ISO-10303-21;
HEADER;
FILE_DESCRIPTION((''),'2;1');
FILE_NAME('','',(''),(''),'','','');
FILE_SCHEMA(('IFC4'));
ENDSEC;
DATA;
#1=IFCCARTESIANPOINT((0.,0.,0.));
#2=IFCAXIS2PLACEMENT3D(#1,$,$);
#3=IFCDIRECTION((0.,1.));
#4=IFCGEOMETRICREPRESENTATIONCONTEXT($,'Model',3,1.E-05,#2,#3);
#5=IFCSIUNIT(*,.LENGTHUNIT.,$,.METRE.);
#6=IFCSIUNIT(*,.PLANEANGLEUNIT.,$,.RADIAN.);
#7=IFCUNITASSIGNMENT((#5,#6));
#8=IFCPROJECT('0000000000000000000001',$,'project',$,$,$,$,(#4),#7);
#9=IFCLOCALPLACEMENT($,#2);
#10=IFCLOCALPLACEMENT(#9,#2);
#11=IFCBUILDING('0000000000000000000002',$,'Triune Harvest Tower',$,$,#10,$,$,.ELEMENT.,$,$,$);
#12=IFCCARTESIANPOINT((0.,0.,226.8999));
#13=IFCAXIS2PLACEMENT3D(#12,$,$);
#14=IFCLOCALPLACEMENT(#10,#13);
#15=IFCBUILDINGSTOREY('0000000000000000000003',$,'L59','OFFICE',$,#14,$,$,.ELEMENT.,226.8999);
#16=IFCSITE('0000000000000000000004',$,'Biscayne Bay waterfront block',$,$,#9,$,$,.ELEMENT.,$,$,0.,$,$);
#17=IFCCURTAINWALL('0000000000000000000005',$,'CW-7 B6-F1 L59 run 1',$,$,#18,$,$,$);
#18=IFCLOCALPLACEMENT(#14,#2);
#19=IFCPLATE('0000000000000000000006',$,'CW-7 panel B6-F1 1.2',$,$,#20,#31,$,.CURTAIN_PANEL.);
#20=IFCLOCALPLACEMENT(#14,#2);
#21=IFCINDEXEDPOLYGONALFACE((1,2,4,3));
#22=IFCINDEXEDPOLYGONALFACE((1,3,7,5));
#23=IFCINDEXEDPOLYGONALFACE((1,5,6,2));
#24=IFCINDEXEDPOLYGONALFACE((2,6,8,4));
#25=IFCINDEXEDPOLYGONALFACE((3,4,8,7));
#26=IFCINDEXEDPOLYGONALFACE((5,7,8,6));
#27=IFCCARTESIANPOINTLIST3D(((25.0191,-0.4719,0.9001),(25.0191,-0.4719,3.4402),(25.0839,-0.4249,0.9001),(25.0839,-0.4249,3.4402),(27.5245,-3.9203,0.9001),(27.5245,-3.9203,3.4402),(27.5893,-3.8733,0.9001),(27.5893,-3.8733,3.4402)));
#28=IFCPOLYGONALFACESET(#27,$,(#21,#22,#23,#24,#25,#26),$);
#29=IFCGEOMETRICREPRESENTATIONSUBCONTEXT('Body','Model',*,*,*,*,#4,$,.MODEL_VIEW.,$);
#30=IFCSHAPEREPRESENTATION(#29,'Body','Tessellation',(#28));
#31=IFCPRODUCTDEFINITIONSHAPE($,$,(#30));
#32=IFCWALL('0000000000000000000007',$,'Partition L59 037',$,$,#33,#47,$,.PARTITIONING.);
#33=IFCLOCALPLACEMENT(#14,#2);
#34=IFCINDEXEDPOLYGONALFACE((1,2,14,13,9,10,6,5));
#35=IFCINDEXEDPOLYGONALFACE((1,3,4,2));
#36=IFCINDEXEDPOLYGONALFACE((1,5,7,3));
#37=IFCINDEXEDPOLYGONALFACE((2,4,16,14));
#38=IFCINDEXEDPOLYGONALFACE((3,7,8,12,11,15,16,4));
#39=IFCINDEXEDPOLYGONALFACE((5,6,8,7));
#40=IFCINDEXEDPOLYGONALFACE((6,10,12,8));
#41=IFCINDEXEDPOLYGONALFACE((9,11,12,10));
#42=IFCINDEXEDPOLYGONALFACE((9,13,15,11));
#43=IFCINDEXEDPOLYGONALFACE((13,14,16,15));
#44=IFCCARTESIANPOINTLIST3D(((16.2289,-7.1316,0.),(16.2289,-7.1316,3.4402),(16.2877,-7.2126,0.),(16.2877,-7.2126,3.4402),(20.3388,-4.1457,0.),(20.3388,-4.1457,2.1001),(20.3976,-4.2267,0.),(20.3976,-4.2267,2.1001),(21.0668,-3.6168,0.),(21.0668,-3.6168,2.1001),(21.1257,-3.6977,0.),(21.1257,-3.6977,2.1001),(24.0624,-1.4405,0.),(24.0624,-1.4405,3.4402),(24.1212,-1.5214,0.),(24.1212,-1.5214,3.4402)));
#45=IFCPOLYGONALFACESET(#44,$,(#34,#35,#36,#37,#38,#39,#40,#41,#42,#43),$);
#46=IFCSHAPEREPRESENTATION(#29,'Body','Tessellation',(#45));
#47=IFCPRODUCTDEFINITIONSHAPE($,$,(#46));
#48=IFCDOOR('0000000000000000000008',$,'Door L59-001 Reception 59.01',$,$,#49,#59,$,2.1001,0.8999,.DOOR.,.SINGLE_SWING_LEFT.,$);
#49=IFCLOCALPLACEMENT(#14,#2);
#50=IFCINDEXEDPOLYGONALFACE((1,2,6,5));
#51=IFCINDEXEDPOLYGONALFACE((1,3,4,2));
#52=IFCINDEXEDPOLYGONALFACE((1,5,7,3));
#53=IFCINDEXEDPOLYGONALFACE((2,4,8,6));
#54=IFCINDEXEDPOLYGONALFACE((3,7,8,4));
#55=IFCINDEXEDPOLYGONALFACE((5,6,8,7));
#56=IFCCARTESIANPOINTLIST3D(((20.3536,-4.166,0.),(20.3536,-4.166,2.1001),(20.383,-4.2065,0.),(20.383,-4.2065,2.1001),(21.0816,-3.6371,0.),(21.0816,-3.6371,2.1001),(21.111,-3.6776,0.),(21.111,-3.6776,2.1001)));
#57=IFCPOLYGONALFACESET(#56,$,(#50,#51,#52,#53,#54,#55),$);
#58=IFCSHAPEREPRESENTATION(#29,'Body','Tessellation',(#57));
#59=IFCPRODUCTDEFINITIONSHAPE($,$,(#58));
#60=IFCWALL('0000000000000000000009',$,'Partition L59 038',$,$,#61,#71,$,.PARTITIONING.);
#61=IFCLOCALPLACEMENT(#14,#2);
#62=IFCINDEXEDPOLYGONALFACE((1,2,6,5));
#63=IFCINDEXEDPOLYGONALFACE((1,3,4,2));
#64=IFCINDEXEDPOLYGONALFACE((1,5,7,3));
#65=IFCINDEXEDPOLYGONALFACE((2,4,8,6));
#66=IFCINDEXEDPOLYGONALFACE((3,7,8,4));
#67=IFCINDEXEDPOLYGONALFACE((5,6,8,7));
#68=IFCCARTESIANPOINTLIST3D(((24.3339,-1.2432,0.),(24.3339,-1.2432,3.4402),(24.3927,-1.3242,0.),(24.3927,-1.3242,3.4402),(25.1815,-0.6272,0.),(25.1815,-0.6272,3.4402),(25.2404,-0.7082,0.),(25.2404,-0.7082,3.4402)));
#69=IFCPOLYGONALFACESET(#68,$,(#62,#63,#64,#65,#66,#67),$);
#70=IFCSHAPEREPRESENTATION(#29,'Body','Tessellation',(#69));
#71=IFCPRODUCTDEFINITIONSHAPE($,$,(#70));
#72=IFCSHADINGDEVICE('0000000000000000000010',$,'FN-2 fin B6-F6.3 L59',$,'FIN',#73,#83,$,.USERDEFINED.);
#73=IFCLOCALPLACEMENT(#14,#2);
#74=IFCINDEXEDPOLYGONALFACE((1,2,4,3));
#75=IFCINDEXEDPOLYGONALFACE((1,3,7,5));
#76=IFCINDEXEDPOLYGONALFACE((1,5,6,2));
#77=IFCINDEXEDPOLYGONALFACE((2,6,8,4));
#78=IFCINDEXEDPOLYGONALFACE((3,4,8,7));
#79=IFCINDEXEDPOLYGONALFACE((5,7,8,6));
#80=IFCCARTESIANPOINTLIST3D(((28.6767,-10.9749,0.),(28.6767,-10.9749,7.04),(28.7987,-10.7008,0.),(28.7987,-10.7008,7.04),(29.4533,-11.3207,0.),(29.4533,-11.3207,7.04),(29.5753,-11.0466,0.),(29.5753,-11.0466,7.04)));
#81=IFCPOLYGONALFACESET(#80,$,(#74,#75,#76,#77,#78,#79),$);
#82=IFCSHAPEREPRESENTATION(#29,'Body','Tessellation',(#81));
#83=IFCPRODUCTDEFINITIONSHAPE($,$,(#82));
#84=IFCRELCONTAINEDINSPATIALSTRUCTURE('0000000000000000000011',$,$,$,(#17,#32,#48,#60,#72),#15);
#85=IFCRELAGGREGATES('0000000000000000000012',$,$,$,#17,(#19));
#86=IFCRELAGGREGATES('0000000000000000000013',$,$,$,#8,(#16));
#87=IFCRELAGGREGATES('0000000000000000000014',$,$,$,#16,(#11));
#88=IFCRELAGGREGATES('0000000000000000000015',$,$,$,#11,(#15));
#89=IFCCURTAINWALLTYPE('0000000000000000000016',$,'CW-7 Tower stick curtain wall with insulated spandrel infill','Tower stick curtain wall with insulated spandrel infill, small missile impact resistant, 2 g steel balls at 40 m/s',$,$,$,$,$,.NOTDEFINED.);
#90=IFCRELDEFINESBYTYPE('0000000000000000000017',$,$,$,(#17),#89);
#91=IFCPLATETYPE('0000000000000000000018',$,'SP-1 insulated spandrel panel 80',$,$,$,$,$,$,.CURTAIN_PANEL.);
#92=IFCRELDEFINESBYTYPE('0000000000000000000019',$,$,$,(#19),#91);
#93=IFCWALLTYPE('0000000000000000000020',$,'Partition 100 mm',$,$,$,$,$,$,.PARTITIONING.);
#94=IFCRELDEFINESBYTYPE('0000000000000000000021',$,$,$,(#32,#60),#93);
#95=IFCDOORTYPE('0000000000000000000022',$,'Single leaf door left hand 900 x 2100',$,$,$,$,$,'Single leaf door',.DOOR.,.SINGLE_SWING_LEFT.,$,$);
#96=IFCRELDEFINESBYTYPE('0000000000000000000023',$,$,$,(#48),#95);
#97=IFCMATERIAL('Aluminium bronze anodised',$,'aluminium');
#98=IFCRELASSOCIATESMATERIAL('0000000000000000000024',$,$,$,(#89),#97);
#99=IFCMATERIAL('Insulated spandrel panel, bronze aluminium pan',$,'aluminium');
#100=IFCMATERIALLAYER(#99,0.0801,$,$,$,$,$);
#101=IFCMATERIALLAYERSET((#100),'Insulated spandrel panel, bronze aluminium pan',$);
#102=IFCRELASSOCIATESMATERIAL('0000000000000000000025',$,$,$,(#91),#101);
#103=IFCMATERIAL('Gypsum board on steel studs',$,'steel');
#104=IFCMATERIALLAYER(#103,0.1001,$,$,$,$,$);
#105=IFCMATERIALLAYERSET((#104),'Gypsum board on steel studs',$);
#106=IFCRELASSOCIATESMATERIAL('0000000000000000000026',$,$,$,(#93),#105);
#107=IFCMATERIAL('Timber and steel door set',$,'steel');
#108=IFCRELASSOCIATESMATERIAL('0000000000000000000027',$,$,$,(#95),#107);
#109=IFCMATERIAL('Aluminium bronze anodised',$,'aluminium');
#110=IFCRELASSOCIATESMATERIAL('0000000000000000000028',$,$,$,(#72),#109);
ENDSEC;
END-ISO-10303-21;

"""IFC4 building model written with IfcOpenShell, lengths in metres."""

from ifc_helpers import new_model, si_unit, direction, frame, frame_2d, origin, origin_2d, place, context, subcontext, project, spatial, rectangle, extrude, source, transform, mapped, material, layer, layer_set, type_object, element, fill, aggregate, save


model = new_model("IFC4")

# Units and contexts
model_context = context("Model", 3, precision=1e-05, world=origin(), true_north=direction((0.0, 1.0)))
body_context = subcontext(model_context, "Body", "Model", "MODEL_VIEW")
ifc_project = project(units=[si_unit("LENGTHUNIT", "METRE"), si_unit("PLANEANGLEUNIT", "RADIAN")], contexts=[model_context])

# Site, building, storey
site_placement = place(None, origin())
site = spatial("IfcSite", under=ifc_project, at=site_placement, Name="Biscayne Bay waterfront block", CompositionType="ELEMENT", RefElevation=0.0)
building_placement = place(site_placement, origin())
building = spatial("IfcBuilding", under=site, at=building_placement, Name="Triune Harvest Tower", CompositionType="ELEMENT")
storey_placement = place(building_placement, frame((0.0, 0.0, 226.8999)))
storey = spatial("IfcBuildingStorey", under=building, at=storey_placement, Name="L59", Description="OFFICE", CompositionType="ELEMENT", Elevation=226.8999)

# Curtain wall
ifc_material_1 = material(Name="Aluminium bronze anodised", Category="aluminium")
curtain_wall_type_1 = type_object("IfcCurtainWallType", Name="CW-7 Tower stick curtain wall with insulated spandrel infill", Description="Tower stick curtain wall with insulated spandrel infill, small missile impact resistant, 2 g steel balls at 40 m/s", PredefinedType="NOTDEFINED", material=ifc_material_1)
curtain_wall_1_placement = place(storey_placement, origin())
curtain_wall_1 = element("IfcCurtainWall", 1, at=curtain_wall_1_placement, inside=storey, type_object=curtain_wall_type_1, Name="CW-7 B6-F1 L59 run 1")

# Plate
ifc_material_2 = material(Name="Insulated spandrel panel, bronze aluminium pan", Category="aluminium")
ifc_layer_1 = layer(ifc_material_2, 0.0801)
ifc_layer_set_1 = layer_set([ifc_layer_1], Name="Insulated spandrel panel, bronze aluminium pan")
plate_type_1 = type_object("IfcPlateType", Name="SP-1 insulated spandrel panel 80", PredefinedType="CURTAIN_PANEL", material=ifc_layer_set_1)
shared_shape_1 = source(origin(), body_context, "Body", "SweptSolid", [
    extrude(rectangle(XDim=4.2625, YDim=0.0801, at=origin_2d()), origin(), (0.0, 0.0, 1.0), 2.54),
])
plate_1_placement = place(storey_placement, frame((26.3042, -2.1726, 0.9001), z_axis=(0.0, 0.0, 1.0), x_axis=(-0.587786, 0.809016, 0.0)))
plate_1 = element("IfcPlate", 2, at=plate_1_placement, type_object=plate_type_1, Name="CW-7 panel B6-F1 1.2", PredefinedType="CURTAIN_PANEL", context=body_context, shape_type="MappedRepresentation", body=[
    mapped(shared_shape_1, transform((0.0, 0.0, 0.0), scale=1.0)),
])
aggregate(curtain_wall_1, [plate_1])

# Wall, opening, door
ifc_material_3 = material(Name="Gypsum board on steel studs", Category="steel")
ifc_layer_2 = layer(ifc_material_3, 0.1001)
ifc_layer_set_2 = layer_set([ifc_layer_2], Name="Gypsum board on steel studs")
wall_type = type_object("IfcWallType", Name="Partition 100 mm", PredefinedType="PARTITIONING", material=ifc_layer_set_2)
wall_1_placement = place(storey_placement, frame((16.2583, -7.1721, 0.0), z_axis=(0.0, 0.0, 1.0), x_axis=(0.809027, 0.587771, 0.0)))
wall_1 = element("IfcWall", 3, at=wall_1_placement, inside=storey, type_object=wall_type, Name="Partition L59 037", PredefinedType="PARTITIONING", context=body_context, shape_type="SweptSolid", body=[
    extrude(rectangle(XDim=9.6826, YDim=0.1001, at=frame_2d((4.8413, 0.0))), origin(), (0.0, 0.0, 1.0), 3.4402),
])
opening_placement = place(wall_1_placement, frame((5.0801, 0.0, 0.0)))
opening = element("IfcOpeningElement", 4, at=opening_placement, cuts=wall_1, PredefinedType="OPENING", context=body_context, shape_type="SweptSolid", body=[
    extrude(rectangle(XDim=0.8999, YDim=2.1001, at=frame_2d((0.45, 1.05))), frame((0.0, 0.0601, 0.0), z_axis=(0.0, -1.0, 0.0), x_axis=(1.0, 0.0, 0.0)), (0.0, 0.0, 1.0), 0.1201),
])
ifc_material_4 = material(Name="Timber and steel door set", Category="steel")
door_type = type_object("IfcDoorType", Name="Single leaf door left hand 900 x 2100", ElementType="Single leaf door", OperationType="SINGLE_SWING_LEFT", PredefinedType="DOOR", material=ifc_material_4)
door_placement = place(opening_placement, origin())
door = element("IfcDoor", 5, at=door_placement, inside=storey, type_object=door_type, Name="Door L59-001 Reception 59.01", OperationType="SINGLE_SWING_LEFT", OverallHeight=2.1001, OverallWidth=0.8999, PredefinedType="DOOR", context=body_context, shape_type="SweptSolid", body=[
    extrude(rectangle(XDim=0.8999, YDim=2.1001, at=frame_2d((0.45, 1.05))), frame((0.0, 0.0249, 0.0), z_axis=(0.0, -1.0, 0.0), x_axis=(1.0, 0.0, 0.0)), (0.0, 0.0, 1.0), 0.05),
])
fill(opening, door)

# Wall
shared_shape_2 = source(origin(), body_context, "Body", "SweptSolid", [
    extrude(rectangle(XDim=1.0479, YDim=0.1001, at=frame_2d((0.5239, 0.0))), origin(), (0.0, 0.0, 1.0), 3.4402),
])
wall_2_placement = place(storey_placement, frame((24.3633, -1.2837, 0.0), z_axis=(0.0, 0.0, 1.0), x_axis=(0.808968, 0.587853, 0.0)))
element("IfcWall", 6, at=wall_2_placement, inside=storey, type_object=wall_type, Name="Partition L59 038", PredefinedType="PARTITIONING", context=body_context, shape_type="MappedRepresentation", body=[
    mapped(shared_shape_2, transform((0.0, 0.0, 0.0), scale=1.0)),
])

# Shading device
ifc_material_5 = material(Name="Aluminium bronze anodised", Category="aluminium")
shared_shape_3 = source(origin(), body_context, "Body", "SweptSolid", [
    extrude(rectangle(XDim=0.3, YDim=0.8501, at=origin_2d()), origin(), (0.0, 0.0, 1.0), 7.04),
])
shading_device_placement = place(storey_placement, frame((29.126, -11.0107, 0.0), z_axis=(0.0, 0.0, 1.0), x_axis=(0.406743, 0.913543, 0.0)))
element("IfcShadingDevice", 7, at=shading_device_placement, inside=storey, material=ifc_material_5, Name="FN-2 fin B6-F6.3 L59", ObjectType="FIN", PredefinedType="USERDEFINED", context=body_context, shape_type="MappedRepresentation", body=[
    mapped(shared_shape_3, transform((0.0, 0.0, 0.0), scale=1.0)),
])

save(model, "model.ifc")
